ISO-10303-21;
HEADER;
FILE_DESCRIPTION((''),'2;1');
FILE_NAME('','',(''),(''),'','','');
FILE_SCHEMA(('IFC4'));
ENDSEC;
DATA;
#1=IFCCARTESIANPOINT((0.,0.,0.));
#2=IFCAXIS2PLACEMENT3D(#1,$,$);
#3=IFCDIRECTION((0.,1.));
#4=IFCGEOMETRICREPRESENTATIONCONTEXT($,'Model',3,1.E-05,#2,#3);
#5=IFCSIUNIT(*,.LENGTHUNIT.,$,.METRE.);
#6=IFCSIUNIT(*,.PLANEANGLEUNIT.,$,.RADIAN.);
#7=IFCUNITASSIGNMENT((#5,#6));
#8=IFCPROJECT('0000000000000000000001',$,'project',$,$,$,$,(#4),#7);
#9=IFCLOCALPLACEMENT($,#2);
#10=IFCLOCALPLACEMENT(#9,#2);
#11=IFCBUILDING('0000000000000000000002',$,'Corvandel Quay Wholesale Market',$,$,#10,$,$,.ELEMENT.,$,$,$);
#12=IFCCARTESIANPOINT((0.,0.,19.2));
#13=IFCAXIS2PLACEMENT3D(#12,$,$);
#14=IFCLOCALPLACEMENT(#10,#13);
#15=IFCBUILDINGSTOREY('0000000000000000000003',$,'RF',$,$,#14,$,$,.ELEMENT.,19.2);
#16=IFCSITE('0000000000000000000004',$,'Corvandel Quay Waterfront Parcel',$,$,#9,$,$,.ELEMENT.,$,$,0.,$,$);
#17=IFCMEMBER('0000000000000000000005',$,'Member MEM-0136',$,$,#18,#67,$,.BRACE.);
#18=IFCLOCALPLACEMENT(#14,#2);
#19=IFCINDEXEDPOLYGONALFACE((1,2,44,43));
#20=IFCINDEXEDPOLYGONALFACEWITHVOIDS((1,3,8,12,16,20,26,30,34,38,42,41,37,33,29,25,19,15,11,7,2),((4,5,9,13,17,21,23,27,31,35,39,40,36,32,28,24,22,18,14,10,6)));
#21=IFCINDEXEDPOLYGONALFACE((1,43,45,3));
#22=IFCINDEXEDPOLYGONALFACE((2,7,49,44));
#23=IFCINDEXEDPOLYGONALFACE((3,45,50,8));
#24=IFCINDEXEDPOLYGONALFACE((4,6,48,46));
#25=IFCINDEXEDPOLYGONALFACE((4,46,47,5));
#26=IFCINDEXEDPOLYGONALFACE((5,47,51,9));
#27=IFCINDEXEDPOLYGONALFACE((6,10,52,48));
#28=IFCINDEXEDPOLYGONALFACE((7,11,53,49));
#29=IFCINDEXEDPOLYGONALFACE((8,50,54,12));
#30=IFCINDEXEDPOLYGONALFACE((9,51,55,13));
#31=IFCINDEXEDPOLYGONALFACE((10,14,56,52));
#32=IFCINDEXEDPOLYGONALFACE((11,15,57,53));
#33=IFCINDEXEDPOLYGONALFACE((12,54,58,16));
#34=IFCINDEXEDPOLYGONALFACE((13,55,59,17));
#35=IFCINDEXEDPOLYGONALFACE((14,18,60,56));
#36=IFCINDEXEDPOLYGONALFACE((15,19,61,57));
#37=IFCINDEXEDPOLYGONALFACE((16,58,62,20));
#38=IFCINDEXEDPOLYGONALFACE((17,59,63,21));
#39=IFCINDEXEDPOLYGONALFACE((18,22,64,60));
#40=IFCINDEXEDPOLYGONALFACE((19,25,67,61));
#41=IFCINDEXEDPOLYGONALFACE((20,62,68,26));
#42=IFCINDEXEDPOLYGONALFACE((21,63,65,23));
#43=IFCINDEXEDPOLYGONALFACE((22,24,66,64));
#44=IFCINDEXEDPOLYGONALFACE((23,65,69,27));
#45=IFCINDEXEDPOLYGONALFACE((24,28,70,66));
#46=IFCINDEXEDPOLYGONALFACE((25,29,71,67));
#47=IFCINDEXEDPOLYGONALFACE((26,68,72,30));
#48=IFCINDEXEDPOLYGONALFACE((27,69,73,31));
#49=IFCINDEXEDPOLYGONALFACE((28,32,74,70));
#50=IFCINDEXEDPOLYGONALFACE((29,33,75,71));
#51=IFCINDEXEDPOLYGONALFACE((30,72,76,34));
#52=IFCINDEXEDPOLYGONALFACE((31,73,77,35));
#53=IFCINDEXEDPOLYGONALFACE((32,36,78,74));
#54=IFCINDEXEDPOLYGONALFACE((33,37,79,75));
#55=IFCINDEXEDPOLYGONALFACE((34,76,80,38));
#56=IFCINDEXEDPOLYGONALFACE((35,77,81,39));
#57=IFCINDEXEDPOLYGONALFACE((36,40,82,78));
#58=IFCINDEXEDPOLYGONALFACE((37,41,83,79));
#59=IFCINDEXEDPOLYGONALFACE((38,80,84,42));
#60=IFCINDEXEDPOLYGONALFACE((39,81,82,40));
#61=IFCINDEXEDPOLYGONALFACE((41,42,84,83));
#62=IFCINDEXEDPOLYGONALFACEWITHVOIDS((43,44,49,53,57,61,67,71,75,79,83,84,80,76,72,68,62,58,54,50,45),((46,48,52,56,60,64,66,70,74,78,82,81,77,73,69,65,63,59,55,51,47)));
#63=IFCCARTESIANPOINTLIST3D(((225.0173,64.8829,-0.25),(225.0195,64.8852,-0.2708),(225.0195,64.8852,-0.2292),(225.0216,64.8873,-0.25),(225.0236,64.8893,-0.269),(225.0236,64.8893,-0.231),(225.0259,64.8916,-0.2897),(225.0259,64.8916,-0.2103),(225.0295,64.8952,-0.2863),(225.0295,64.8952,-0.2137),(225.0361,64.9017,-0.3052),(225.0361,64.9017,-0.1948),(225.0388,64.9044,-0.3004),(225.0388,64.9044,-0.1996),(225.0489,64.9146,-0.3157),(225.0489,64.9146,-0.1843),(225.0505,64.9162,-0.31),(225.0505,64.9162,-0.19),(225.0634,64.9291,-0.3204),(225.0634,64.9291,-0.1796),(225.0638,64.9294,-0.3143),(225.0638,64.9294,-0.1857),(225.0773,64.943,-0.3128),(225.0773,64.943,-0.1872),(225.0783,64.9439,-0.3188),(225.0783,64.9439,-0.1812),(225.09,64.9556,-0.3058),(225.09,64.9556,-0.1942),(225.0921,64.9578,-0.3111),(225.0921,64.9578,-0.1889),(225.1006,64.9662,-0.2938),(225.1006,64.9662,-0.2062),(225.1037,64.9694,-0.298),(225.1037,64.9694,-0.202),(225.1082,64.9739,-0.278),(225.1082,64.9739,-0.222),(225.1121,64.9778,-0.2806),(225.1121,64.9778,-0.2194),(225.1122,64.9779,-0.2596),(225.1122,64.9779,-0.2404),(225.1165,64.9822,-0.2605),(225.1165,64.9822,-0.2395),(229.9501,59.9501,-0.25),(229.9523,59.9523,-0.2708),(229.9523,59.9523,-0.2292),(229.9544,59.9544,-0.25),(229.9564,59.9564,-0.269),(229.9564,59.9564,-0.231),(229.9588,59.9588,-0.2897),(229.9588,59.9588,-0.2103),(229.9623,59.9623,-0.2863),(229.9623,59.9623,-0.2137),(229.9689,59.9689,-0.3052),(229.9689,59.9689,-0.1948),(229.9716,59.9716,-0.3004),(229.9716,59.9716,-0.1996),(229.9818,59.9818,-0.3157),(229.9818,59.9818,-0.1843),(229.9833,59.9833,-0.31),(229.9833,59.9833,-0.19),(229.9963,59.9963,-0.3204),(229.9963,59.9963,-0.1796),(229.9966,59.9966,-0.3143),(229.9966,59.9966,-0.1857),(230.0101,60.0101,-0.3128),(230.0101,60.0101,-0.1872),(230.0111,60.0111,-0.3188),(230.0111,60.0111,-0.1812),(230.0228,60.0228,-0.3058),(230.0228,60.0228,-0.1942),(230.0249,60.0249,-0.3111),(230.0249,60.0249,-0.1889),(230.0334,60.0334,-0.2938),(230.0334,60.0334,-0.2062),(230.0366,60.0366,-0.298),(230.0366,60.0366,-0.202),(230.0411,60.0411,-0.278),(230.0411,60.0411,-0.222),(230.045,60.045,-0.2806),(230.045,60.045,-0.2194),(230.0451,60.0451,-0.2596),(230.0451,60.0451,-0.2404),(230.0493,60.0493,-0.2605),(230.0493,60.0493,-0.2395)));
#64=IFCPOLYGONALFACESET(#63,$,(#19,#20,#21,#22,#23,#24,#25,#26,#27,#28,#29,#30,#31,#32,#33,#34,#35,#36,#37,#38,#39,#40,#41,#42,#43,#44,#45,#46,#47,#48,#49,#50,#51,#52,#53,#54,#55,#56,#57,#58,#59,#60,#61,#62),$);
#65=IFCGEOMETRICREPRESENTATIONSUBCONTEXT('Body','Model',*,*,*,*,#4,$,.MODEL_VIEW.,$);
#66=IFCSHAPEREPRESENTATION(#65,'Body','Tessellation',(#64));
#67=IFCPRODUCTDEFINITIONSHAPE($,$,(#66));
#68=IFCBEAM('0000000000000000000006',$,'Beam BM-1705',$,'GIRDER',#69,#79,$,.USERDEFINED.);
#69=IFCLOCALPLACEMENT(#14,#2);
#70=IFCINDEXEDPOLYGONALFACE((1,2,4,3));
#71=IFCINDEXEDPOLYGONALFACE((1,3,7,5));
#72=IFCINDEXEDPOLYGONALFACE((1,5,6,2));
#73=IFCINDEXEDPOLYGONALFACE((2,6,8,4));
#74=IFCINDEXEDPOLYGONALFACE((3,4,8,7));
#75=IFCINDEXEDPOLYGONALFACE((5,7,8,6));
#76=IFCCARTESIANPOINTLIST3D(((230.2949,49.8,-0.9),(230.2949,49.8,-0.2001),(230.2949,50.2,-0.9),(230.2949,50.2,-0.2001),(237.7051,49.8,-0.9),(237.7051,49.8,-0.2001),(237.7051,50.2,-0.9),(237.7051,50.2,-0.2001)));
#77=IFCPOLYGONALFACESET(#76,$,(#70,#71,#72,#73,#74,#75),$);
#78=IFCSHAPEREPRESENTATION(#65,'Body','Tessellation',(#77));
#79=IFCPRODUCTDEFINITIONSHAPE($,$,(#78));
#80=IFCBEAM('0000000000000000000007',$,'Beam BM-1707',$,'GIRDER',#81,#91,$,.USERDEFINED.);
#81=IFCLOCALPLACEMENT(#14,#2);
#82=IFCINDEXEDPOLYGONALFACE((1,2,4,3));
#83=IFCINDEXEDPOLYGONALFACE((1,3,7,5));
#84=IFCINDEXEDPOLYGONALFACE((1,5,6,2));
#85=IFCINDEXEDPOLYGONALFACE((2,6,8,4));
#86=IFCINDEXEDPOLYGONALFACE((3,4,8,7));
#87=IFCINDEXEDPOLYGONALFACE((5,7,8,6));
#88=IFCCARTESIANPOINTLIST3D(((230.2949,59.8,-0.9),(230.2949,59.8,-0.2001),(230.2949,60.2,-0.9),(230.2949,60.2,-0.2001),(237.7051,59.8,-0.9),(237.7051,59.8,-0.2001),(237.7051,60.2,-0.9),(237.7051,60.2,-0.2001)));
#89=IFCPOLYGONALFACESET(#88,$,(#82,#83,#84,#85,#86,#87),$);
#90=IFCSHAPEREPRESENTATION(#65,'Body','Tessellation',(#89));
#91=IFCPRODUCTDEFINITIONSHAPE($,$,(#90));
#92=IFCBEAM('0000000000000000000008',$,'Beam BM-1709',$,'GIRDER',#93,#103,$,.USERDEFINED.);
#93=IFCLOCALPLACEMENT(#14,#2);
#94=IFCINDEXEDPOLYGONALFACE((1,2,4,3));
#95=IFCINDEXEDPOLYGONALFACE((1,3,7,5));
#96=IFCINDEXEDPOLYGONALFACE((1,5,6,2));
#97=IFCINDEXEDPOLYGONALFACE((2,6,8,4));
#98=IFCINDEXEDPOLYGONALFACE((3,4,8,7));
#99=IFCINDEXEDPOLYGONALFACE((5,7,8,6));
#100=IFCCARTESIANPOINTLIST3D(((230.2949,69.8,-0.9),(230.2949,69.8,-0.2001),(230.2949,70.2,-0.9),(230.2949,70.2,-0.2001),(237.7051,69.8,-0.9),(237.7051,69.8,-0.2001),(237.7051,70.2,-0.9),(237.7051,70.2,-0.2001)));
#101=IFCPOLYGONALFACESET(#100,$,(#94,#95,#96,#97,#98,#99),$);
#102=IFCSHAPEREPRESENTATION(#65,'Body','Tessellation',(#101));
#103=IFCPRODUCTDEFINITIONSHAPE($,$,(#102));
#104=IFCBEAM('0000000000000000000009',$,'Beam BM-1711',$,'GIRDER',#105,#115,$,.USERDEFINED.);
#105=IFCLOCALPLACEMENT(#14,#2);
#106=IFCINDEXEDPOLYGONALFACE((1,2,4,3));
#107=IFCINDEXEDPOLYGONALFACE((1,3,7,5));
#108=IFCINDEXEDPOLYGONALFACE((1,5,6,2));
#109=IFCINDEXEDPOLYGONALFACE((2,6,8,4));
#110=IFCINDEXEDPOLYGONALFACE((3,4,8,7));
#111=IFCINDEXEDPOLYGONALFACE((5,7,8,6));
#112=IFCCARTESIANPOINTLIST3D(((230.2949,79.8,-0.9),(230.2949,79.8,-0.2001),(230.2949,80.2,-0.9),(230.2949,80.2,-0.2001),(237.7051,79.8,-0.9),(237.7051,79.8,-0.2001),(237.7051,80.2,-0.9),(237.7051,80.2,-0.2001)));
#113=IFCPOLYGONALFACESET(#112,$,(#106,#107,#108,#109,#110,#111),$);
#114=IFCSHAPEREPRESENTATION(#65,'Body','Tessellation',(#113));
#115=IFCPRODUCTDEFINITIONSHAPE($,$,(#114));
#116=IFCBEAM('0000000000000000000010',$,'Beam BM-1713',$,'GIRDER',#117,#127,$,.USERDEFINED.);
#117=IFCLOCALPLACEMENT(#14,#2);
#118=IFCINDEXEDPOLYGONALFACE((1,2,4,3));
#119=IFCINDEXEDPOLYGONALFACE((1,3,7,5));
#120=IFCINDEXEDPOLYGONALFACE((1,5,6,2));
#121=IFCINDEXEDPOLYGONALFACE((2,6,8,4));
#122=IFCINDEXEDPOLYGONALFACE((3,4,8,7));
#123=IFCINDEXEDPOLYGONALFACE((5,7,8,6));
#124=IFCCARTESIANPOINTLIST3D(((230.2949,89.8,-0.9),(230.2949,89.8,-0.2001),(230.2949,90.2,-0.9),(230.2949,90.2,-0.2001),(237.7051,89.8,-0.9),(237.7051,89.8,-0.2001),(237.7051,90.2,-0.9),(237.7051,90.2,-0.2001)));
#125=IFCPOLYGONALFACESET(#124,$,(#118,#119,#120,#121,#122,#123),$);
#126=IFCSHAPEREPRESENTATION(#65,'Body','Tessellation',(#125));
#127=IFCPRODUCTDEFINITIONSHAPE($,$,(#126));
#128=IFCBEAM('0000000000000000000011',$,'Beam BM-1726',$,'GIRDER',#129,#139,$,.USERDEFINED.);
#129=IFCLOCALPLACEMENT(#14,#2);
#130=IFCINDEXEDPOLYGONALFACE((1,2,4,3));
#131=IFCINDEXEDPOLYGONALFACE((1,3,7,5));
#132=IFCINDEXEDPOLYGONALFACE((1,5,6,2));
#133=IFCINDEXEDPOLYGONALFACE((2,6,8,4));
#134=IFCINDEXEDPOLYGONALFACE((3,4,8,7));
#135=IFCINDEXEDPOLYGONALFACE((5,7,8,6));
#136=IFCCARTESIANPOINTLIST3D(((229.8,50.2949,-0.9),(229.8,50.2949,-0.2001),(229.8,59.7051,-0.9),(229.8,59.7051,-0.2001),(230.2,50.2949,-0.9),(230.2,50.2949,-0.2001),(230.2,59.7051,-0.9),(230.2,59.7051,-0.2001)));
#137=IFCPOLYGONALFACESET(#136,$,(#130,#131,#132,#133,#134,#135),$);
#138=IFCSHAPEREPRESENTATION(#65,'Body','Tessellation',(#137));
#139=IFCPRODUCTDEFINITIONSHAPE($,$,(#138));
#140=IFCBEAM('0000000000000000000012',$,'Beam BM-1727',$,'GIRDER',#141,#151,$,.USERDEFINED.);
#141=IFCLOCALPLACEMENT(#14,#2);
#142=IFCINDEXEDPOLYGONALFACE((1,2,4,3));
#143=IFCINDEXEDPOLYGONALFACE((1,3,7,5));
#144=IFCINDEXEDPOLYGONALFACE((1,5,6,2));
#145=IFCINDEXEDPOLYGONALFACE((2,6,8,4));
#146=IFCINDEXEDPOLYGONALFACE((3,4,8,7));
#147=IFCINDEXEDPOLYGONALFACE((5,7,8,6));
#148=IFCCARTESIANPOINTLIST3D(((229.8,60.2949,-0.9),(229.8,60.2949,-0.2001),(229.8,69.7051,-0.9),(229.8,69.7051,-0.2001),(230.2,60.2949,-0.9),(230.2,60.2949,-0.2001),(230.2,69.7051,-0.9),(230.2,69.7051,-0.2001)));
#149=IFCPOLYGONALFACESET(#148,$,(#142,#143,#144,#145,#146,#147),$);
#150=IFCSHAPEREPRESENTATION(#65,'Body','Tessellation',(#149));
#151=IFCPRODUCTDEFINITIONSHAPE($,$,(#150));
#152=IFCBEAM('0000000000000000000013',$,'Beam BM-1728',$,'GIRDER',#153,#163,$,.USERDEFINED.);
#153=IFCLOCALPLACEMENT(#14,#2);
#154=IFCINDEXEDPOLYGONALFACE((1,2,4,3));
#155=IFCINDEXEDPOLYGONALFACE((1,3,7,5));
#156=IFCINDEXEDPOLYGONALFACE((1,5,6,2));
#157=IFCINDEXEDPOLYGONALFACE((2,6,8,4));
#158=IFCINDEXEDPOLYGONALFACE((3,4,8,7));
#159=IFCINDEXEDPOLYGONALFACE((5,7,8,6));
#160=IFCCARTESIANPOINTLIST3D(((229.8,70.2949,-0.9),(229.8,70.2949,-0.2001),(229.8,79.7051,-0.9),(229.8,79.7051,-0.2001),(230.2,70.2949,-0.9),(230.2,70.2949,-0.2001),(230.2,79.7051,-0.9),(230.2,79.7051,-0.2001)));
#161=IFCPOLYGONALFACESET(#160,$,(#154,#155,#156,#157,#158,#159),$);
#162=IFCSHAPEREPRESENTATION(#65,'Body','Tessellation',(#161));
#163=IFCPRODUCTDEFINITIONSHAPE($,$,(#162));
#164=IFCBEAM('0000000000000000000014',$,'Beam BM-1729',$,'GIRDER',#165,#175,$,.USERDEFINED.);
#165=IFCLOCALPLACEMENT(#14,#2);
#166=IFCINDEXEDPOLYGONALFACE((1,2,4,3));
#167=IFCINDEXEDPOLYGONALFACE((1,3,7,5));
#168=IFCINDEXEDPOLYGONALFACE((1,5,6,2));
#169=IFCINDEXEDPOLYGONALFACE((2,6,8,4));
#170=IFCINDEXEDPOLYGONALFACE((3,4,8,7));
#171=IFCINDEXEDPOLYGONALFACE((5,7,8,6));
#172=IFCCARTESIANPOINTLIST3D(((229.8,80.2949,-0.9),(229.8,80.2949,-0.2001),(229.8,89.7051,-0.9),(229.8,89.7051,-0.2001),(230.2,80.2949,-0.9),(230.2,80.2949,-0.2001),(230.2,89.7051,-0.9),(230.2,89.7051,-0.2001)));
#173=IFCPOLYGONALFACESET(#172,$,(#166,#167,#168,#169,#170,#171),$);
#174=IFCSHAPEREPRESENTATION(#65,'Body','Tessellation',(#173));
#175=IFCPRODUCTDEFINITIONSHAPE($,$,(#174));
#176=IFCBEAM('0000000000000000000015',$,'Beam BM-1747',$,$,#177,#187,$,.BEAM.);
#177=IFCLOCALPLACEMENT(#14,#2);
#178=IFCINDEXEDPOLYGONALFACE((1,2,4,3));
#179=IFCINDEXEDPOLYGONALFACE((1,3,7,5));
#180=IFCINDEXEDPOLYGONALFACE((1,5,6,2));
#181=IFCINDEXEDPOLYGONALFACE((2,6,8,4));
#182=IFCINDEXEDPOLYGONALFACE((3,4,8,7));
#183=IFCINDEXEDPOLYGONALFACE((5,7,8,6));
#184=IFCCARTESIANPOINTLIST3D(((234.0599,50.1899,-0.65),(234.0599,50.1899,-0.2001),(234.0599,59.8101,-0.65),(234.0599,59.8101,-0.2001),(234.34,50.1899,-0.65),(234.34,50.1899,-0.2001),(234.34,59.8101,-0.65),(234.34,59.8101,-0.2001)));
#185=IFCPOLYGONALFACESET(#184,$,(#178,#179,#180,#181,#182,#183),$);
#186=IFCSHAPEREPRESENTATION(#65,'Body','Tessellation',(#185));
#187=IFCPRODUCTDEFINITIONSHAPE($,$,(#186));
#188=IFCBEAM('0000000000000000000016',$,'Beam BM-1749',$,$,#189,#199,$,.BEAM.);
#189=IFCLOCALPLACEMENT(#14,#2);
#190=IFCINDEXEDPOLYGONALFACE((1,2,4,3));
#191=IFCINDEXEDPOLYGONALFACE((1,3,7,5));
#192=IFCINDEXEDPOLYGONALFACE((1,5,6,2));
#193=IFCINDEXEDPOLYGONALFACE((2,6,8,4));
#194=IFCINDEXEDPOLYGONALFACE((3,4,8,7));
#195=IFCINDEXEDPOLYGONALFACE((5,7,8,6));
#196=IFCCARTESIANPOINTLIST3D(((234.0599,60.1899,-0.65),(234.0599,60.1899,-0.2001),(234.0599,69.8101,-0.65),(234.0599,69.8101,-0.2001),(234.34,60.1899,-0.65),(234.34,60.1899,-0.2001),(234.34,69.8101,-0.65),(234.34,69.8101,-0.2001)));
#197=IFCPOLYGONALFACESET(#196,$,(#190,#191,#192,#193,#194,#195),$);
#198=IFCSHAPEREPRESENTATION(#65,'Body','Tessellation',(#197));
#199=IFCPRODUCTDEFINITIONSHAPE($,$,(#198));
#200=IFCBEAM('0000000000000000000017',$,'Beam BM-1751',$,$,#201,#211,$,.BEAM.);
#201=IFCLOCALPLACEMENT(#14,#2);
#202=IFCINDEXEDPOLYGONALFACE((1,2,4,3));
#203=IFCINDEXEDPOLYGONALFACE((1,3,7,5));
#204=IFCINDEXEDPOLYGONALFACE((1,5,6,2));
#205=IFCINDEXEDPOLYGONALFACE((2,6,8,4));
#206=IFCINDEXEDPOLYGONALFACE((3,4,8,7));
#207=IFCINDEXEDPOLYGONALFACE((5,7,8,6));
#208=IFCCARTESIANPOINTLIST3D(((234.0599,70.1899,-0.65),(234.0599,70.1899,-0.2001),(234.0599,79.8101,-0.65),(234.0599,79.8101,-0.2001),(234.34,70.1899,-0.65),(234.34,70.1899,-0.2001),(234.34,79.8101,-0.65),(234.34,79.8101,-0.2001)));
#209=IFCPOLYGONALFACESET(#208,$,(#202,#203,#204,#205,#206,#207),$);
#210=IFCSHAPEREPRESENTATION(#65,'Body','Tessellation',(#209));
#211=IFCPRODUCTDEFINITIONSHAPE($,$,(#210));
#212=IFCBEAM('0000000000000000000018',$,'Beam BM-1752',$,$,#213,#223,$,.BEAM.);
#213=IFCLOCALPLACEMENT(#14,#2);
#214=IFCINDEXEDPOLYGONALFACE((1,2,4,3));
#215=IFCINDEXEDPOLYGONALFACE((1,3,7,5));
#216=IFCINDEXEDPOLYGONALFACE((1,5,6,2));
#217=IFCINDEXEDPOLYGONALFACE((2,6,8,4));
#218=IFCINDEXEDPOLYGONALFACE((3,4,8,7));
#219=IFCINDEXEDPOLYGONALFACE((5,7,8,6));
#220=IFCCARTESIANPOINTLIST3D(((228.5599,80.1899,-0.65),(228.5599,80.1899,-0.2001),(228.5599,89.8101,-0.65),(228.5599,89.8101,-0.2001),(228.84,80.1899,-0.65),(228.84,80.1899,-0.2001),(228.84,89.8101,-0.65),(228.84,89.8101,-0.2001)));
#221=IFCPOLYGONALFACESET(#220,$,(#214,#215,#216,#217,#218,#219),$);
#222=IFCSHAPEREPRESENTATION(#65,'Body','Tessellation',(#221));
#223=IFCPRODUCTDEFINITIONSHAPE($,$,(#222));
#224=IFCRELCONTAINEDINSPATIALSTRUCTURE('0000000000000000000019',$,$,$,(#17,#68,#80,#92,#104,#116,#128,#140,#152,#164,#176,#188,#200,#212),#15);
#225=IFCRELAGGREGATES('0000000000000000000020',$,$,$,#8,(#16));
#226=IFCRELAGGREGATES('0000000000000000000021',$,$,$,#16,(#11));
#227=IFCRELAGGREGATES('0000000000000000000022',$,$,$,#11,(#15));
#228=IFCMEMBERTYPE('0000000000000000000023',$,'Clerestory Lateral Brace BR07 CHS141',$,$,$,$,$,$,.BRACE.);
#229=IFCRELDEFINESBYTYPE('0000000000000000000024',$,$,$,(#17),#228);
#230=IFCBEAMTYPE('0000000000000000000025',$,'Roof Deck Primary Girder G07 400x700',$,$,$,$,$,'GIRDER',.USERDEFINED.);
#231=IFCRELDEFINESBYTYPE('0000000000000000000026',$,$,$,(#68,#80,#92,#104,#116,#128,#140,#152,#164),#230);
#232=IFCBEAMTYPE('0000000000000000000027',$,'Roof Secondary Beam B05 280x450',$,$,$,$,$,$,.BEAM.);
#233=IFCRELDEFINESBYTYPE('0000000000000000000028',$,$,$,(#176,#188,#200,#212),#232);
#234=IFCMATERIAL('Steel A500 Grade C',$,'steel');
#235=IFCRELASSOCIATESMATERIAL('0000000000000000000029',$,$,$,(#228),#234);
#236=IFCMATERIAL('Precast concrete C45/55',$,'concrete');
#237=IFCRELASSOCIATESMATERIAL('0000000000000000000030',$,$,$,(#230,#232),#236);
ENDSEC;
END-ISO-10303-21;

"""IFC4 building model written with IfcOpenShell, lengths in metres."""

from ifc_helpers import new_model, si_unit, direction, frame, origin, origin_2d, place, context, subcontext, project, spatial, rectangle, hollow_circle, extrude, material, material_profile, profile_set, type_object, element, save


model = new_model("IFC4")

# Units and contexts
model_context = context("Model", 3, precision=1e-05, world=origin(), true_north=direction((0.0, 1.0)))
body_context = subcontext(model_context, "Body", "Model", "MODEL_VIEW")
ifc_project = project(units=[si_unit("LENGTHUNIT", "METRE"), si_unit("PLANEANGLEUNIT", "RADIAN")], contexts=[model_context])

# Site, building, storey
site_placement = place(None, origin())
site = spatial("IfcSite", under=ifc_project, at=site_placement, Name="Corvandel Quay Waterfront Parcel", CompositionType="ELEMENT", RefElevation=0.0)
building_placement = place(site_placement, origin())
building = spatial("IfcBuilding", under=site, at=building_placement, Name="Corvandel Quay Wholesale Market", CompositionType="ELEMENT")
storey_placement = place(building_placement, frame((0.0, 0.0, 19.2)))
storey = spatial("IfcBuildingStorey", under=building, at=storey_placement, Name="RF", CompositionType="ELEMENT", Elevation=19.2)

# Member
ifc_material_1 = material(Name="Steel A500 Grade C", Category="steel")
ifc_material_profile_1 = material_profile(ifc_material_1, hollow_circle(Radius=0.0706, WallThickness=0.0061, at=origin_2d()), Name="HSS5.563X0.258")
ifc_profile_set_1 = profile_set([ifc_material_profile_1], Name="Steel A500 Grade C")
member_type = type_object("IfcMemberType", Name="Clerestory Lateral Brace BR07 CHS141", PredefinedType="BRACE", material=ifc_profile_set_1)
member_placement = place(storey_placement, frame((230.0, 60.0, -0.25), z_axis=(-0.707107, 0.707107, 0.0), x_axis=(-0.707107, -0.707107, 0.0)))
element("IfcMember", 1, at=member_placement, inside=storey, type_object=member_type, Name="Member MEM-0136", PredefinedType="BRACE", context=body_context, shape_type="SweptSolid", body=[
    extrude(hollow_circle(Radius=0.0706, WallThickness=0.0061, at=origin_2d()), origin(), (0.0, 0.0, 1.0), 6.9761),
])

# Beams
ifc_material_2 = material(Name="Precast concrete C45/55", Category="concrete")
ifc_material_profile_2 = material_profile(ifc_material_2, rectangle(XDim=0.3999, YDim=0.7, at=origin_2d()), Name="PC-GIR-400x700")
ifc_profile_set_2 = profile_set([ifc_material_profile_2], Name="Precast concrete C45/55")
beam_type_1 = type_object("IfcBeamType", Name="Roof Deck Primary Girder G07 400x700", ElementType="GIRDER", PredefinedType="USERDEFINED", material=ifc_profile_set_2)
for number, where, z_axis, x_axis, name in (
    (2, (230.2949, 50.0, -0.55), (1.0, 0.0, 0.0), (0.0, 1.0, 0.0), "Beam BM-1705"),
    (3, (230.2949, 60.0, -0.55), (1.0, 0.0, 0.0), (0.0, 1.0, 0.0), "Beam BM-1707"),
    (4, (230.2949, 70.0, -0.55), (1.0, 0.0, 0.0), (0.0, 1.0, 0.0), "Beam BM-1709"),
    (5, (230.2949, 80.0, -0.55), (1.0, 0.0, 0.0), (0.0, 1.0, 0.0), "Beam BM-1711"),
    (6, (230.2949, 90.0, -0.55), (1.0, 0.0, 0.0), (0.0, 1.0, 0.0), "Beam BM-1713"),
):
    element("IfcBeam", number, at=place(storey_placement, frame(where, z_axis=z_axis, x_axis=x_axis)), inside=storey, type_object=beam_type_1, Name=name, ObjectType="GIRDER", PredefinedType="USERDEFINED", context=body_context, shape_type="SweptSolid", body=[
        extrude(rectangle(XDim=0.3999, YDim=0.7, at=origin_2d()), origin(), (0.0, 0.0, 1.0), 7.4102),
    ])
for number, where, z_axis, x_axis, name in (
    (7, (230.0, 50.2949, -0.55), (0.0, 1.0, 0.0), (-1.0, 0.0, 0.0), "Beam BM-1726"),
    (8, (230.0, 60.2949, -0.55), (0.0, 1.0, 0.0), (-1.0, 0.0, 0.0), "Beam BM-1727"),
    (9, (230.0, 70.2949, -0.55), (0.0, 1.0, 0.0), (-1.0, 0.0, 0.0), "Beam BM-1728"),
    (10, (230.0, 80.2949, -0.55), (0.0, 1.0, 0.0), (-1.0, 0.0, 0.0), "Beam BM-1729"),
):
    element("IfcBeam", number, at=place(storey_placement, frame(where, z_axis=z_axis, x_axis=x_axis)), inside=storey, type_object=beam_type_1, Name=name, ObjectType="GIRDER", PredefinedType="USERDEFINED", context=body_context, shape_type="SweptSolid", body=[
        extrude(rectangle(XDim=0.3999, YDim=0.7, at=origin_2d()), origin(), (0.0, 0.0, 1.0), 9.4102),
    ])
ifc_material_profile_3 = material_profile(ifc_material_2, rectangle(XDim=0.28, YDim=0.45, at=origin_2d()), Name="PC-BM-280x450")
ifc_profile_set_3 = profile_set([ifc_material_profile_3], Name="Precast concrete C45/55")
beam_type_2 = type_object("IfcBeamType", Name="Roof Secondary Beam B05 280x450", PredefinedType="BEAM", material=ifc_profile_set_3)
for number, where, z_axis, x_axis, name in (
    (11, (234.2, 50.1899, -0.425), (0.0, 1.0, 0.0), (-1.0, 0.0, 0.0), "Beam BM-1747"),
    (12, (234.2, 60.1899, -0.425), (0.0, 1.0, 0.0), (-1.0, 0.0, 0.0), "Beam BM-1749"),
    (13, (234.2, 70.1899, -0.425), (0.0, 1.0, 0.0), (-1.0, 0.0, 0.0), "Beam BM-1751"),
    (14, (228.7, 80.1899, -0.425), (0.0, 1.0, 0.0), (-1.0, 0.0, 0.0), "Beam BM-1752"),
):
    element("IfcBeam", number, at=place(storey_placement, frame(where, z_axis=z_axis, x_axis=x_axis)), inside=storey, type_object=beam_type_2, Name=name, PredefinedType="BEAM", context=body_context, shape_type="SweptSolid", body=[
        extrude(rectangle(XDim=0.28, YDim=0.45, at=origin_2d()), origin(), (0.0, 0.0, 1.0), 9.6201),
    ])

save(model, "model.ifc")
